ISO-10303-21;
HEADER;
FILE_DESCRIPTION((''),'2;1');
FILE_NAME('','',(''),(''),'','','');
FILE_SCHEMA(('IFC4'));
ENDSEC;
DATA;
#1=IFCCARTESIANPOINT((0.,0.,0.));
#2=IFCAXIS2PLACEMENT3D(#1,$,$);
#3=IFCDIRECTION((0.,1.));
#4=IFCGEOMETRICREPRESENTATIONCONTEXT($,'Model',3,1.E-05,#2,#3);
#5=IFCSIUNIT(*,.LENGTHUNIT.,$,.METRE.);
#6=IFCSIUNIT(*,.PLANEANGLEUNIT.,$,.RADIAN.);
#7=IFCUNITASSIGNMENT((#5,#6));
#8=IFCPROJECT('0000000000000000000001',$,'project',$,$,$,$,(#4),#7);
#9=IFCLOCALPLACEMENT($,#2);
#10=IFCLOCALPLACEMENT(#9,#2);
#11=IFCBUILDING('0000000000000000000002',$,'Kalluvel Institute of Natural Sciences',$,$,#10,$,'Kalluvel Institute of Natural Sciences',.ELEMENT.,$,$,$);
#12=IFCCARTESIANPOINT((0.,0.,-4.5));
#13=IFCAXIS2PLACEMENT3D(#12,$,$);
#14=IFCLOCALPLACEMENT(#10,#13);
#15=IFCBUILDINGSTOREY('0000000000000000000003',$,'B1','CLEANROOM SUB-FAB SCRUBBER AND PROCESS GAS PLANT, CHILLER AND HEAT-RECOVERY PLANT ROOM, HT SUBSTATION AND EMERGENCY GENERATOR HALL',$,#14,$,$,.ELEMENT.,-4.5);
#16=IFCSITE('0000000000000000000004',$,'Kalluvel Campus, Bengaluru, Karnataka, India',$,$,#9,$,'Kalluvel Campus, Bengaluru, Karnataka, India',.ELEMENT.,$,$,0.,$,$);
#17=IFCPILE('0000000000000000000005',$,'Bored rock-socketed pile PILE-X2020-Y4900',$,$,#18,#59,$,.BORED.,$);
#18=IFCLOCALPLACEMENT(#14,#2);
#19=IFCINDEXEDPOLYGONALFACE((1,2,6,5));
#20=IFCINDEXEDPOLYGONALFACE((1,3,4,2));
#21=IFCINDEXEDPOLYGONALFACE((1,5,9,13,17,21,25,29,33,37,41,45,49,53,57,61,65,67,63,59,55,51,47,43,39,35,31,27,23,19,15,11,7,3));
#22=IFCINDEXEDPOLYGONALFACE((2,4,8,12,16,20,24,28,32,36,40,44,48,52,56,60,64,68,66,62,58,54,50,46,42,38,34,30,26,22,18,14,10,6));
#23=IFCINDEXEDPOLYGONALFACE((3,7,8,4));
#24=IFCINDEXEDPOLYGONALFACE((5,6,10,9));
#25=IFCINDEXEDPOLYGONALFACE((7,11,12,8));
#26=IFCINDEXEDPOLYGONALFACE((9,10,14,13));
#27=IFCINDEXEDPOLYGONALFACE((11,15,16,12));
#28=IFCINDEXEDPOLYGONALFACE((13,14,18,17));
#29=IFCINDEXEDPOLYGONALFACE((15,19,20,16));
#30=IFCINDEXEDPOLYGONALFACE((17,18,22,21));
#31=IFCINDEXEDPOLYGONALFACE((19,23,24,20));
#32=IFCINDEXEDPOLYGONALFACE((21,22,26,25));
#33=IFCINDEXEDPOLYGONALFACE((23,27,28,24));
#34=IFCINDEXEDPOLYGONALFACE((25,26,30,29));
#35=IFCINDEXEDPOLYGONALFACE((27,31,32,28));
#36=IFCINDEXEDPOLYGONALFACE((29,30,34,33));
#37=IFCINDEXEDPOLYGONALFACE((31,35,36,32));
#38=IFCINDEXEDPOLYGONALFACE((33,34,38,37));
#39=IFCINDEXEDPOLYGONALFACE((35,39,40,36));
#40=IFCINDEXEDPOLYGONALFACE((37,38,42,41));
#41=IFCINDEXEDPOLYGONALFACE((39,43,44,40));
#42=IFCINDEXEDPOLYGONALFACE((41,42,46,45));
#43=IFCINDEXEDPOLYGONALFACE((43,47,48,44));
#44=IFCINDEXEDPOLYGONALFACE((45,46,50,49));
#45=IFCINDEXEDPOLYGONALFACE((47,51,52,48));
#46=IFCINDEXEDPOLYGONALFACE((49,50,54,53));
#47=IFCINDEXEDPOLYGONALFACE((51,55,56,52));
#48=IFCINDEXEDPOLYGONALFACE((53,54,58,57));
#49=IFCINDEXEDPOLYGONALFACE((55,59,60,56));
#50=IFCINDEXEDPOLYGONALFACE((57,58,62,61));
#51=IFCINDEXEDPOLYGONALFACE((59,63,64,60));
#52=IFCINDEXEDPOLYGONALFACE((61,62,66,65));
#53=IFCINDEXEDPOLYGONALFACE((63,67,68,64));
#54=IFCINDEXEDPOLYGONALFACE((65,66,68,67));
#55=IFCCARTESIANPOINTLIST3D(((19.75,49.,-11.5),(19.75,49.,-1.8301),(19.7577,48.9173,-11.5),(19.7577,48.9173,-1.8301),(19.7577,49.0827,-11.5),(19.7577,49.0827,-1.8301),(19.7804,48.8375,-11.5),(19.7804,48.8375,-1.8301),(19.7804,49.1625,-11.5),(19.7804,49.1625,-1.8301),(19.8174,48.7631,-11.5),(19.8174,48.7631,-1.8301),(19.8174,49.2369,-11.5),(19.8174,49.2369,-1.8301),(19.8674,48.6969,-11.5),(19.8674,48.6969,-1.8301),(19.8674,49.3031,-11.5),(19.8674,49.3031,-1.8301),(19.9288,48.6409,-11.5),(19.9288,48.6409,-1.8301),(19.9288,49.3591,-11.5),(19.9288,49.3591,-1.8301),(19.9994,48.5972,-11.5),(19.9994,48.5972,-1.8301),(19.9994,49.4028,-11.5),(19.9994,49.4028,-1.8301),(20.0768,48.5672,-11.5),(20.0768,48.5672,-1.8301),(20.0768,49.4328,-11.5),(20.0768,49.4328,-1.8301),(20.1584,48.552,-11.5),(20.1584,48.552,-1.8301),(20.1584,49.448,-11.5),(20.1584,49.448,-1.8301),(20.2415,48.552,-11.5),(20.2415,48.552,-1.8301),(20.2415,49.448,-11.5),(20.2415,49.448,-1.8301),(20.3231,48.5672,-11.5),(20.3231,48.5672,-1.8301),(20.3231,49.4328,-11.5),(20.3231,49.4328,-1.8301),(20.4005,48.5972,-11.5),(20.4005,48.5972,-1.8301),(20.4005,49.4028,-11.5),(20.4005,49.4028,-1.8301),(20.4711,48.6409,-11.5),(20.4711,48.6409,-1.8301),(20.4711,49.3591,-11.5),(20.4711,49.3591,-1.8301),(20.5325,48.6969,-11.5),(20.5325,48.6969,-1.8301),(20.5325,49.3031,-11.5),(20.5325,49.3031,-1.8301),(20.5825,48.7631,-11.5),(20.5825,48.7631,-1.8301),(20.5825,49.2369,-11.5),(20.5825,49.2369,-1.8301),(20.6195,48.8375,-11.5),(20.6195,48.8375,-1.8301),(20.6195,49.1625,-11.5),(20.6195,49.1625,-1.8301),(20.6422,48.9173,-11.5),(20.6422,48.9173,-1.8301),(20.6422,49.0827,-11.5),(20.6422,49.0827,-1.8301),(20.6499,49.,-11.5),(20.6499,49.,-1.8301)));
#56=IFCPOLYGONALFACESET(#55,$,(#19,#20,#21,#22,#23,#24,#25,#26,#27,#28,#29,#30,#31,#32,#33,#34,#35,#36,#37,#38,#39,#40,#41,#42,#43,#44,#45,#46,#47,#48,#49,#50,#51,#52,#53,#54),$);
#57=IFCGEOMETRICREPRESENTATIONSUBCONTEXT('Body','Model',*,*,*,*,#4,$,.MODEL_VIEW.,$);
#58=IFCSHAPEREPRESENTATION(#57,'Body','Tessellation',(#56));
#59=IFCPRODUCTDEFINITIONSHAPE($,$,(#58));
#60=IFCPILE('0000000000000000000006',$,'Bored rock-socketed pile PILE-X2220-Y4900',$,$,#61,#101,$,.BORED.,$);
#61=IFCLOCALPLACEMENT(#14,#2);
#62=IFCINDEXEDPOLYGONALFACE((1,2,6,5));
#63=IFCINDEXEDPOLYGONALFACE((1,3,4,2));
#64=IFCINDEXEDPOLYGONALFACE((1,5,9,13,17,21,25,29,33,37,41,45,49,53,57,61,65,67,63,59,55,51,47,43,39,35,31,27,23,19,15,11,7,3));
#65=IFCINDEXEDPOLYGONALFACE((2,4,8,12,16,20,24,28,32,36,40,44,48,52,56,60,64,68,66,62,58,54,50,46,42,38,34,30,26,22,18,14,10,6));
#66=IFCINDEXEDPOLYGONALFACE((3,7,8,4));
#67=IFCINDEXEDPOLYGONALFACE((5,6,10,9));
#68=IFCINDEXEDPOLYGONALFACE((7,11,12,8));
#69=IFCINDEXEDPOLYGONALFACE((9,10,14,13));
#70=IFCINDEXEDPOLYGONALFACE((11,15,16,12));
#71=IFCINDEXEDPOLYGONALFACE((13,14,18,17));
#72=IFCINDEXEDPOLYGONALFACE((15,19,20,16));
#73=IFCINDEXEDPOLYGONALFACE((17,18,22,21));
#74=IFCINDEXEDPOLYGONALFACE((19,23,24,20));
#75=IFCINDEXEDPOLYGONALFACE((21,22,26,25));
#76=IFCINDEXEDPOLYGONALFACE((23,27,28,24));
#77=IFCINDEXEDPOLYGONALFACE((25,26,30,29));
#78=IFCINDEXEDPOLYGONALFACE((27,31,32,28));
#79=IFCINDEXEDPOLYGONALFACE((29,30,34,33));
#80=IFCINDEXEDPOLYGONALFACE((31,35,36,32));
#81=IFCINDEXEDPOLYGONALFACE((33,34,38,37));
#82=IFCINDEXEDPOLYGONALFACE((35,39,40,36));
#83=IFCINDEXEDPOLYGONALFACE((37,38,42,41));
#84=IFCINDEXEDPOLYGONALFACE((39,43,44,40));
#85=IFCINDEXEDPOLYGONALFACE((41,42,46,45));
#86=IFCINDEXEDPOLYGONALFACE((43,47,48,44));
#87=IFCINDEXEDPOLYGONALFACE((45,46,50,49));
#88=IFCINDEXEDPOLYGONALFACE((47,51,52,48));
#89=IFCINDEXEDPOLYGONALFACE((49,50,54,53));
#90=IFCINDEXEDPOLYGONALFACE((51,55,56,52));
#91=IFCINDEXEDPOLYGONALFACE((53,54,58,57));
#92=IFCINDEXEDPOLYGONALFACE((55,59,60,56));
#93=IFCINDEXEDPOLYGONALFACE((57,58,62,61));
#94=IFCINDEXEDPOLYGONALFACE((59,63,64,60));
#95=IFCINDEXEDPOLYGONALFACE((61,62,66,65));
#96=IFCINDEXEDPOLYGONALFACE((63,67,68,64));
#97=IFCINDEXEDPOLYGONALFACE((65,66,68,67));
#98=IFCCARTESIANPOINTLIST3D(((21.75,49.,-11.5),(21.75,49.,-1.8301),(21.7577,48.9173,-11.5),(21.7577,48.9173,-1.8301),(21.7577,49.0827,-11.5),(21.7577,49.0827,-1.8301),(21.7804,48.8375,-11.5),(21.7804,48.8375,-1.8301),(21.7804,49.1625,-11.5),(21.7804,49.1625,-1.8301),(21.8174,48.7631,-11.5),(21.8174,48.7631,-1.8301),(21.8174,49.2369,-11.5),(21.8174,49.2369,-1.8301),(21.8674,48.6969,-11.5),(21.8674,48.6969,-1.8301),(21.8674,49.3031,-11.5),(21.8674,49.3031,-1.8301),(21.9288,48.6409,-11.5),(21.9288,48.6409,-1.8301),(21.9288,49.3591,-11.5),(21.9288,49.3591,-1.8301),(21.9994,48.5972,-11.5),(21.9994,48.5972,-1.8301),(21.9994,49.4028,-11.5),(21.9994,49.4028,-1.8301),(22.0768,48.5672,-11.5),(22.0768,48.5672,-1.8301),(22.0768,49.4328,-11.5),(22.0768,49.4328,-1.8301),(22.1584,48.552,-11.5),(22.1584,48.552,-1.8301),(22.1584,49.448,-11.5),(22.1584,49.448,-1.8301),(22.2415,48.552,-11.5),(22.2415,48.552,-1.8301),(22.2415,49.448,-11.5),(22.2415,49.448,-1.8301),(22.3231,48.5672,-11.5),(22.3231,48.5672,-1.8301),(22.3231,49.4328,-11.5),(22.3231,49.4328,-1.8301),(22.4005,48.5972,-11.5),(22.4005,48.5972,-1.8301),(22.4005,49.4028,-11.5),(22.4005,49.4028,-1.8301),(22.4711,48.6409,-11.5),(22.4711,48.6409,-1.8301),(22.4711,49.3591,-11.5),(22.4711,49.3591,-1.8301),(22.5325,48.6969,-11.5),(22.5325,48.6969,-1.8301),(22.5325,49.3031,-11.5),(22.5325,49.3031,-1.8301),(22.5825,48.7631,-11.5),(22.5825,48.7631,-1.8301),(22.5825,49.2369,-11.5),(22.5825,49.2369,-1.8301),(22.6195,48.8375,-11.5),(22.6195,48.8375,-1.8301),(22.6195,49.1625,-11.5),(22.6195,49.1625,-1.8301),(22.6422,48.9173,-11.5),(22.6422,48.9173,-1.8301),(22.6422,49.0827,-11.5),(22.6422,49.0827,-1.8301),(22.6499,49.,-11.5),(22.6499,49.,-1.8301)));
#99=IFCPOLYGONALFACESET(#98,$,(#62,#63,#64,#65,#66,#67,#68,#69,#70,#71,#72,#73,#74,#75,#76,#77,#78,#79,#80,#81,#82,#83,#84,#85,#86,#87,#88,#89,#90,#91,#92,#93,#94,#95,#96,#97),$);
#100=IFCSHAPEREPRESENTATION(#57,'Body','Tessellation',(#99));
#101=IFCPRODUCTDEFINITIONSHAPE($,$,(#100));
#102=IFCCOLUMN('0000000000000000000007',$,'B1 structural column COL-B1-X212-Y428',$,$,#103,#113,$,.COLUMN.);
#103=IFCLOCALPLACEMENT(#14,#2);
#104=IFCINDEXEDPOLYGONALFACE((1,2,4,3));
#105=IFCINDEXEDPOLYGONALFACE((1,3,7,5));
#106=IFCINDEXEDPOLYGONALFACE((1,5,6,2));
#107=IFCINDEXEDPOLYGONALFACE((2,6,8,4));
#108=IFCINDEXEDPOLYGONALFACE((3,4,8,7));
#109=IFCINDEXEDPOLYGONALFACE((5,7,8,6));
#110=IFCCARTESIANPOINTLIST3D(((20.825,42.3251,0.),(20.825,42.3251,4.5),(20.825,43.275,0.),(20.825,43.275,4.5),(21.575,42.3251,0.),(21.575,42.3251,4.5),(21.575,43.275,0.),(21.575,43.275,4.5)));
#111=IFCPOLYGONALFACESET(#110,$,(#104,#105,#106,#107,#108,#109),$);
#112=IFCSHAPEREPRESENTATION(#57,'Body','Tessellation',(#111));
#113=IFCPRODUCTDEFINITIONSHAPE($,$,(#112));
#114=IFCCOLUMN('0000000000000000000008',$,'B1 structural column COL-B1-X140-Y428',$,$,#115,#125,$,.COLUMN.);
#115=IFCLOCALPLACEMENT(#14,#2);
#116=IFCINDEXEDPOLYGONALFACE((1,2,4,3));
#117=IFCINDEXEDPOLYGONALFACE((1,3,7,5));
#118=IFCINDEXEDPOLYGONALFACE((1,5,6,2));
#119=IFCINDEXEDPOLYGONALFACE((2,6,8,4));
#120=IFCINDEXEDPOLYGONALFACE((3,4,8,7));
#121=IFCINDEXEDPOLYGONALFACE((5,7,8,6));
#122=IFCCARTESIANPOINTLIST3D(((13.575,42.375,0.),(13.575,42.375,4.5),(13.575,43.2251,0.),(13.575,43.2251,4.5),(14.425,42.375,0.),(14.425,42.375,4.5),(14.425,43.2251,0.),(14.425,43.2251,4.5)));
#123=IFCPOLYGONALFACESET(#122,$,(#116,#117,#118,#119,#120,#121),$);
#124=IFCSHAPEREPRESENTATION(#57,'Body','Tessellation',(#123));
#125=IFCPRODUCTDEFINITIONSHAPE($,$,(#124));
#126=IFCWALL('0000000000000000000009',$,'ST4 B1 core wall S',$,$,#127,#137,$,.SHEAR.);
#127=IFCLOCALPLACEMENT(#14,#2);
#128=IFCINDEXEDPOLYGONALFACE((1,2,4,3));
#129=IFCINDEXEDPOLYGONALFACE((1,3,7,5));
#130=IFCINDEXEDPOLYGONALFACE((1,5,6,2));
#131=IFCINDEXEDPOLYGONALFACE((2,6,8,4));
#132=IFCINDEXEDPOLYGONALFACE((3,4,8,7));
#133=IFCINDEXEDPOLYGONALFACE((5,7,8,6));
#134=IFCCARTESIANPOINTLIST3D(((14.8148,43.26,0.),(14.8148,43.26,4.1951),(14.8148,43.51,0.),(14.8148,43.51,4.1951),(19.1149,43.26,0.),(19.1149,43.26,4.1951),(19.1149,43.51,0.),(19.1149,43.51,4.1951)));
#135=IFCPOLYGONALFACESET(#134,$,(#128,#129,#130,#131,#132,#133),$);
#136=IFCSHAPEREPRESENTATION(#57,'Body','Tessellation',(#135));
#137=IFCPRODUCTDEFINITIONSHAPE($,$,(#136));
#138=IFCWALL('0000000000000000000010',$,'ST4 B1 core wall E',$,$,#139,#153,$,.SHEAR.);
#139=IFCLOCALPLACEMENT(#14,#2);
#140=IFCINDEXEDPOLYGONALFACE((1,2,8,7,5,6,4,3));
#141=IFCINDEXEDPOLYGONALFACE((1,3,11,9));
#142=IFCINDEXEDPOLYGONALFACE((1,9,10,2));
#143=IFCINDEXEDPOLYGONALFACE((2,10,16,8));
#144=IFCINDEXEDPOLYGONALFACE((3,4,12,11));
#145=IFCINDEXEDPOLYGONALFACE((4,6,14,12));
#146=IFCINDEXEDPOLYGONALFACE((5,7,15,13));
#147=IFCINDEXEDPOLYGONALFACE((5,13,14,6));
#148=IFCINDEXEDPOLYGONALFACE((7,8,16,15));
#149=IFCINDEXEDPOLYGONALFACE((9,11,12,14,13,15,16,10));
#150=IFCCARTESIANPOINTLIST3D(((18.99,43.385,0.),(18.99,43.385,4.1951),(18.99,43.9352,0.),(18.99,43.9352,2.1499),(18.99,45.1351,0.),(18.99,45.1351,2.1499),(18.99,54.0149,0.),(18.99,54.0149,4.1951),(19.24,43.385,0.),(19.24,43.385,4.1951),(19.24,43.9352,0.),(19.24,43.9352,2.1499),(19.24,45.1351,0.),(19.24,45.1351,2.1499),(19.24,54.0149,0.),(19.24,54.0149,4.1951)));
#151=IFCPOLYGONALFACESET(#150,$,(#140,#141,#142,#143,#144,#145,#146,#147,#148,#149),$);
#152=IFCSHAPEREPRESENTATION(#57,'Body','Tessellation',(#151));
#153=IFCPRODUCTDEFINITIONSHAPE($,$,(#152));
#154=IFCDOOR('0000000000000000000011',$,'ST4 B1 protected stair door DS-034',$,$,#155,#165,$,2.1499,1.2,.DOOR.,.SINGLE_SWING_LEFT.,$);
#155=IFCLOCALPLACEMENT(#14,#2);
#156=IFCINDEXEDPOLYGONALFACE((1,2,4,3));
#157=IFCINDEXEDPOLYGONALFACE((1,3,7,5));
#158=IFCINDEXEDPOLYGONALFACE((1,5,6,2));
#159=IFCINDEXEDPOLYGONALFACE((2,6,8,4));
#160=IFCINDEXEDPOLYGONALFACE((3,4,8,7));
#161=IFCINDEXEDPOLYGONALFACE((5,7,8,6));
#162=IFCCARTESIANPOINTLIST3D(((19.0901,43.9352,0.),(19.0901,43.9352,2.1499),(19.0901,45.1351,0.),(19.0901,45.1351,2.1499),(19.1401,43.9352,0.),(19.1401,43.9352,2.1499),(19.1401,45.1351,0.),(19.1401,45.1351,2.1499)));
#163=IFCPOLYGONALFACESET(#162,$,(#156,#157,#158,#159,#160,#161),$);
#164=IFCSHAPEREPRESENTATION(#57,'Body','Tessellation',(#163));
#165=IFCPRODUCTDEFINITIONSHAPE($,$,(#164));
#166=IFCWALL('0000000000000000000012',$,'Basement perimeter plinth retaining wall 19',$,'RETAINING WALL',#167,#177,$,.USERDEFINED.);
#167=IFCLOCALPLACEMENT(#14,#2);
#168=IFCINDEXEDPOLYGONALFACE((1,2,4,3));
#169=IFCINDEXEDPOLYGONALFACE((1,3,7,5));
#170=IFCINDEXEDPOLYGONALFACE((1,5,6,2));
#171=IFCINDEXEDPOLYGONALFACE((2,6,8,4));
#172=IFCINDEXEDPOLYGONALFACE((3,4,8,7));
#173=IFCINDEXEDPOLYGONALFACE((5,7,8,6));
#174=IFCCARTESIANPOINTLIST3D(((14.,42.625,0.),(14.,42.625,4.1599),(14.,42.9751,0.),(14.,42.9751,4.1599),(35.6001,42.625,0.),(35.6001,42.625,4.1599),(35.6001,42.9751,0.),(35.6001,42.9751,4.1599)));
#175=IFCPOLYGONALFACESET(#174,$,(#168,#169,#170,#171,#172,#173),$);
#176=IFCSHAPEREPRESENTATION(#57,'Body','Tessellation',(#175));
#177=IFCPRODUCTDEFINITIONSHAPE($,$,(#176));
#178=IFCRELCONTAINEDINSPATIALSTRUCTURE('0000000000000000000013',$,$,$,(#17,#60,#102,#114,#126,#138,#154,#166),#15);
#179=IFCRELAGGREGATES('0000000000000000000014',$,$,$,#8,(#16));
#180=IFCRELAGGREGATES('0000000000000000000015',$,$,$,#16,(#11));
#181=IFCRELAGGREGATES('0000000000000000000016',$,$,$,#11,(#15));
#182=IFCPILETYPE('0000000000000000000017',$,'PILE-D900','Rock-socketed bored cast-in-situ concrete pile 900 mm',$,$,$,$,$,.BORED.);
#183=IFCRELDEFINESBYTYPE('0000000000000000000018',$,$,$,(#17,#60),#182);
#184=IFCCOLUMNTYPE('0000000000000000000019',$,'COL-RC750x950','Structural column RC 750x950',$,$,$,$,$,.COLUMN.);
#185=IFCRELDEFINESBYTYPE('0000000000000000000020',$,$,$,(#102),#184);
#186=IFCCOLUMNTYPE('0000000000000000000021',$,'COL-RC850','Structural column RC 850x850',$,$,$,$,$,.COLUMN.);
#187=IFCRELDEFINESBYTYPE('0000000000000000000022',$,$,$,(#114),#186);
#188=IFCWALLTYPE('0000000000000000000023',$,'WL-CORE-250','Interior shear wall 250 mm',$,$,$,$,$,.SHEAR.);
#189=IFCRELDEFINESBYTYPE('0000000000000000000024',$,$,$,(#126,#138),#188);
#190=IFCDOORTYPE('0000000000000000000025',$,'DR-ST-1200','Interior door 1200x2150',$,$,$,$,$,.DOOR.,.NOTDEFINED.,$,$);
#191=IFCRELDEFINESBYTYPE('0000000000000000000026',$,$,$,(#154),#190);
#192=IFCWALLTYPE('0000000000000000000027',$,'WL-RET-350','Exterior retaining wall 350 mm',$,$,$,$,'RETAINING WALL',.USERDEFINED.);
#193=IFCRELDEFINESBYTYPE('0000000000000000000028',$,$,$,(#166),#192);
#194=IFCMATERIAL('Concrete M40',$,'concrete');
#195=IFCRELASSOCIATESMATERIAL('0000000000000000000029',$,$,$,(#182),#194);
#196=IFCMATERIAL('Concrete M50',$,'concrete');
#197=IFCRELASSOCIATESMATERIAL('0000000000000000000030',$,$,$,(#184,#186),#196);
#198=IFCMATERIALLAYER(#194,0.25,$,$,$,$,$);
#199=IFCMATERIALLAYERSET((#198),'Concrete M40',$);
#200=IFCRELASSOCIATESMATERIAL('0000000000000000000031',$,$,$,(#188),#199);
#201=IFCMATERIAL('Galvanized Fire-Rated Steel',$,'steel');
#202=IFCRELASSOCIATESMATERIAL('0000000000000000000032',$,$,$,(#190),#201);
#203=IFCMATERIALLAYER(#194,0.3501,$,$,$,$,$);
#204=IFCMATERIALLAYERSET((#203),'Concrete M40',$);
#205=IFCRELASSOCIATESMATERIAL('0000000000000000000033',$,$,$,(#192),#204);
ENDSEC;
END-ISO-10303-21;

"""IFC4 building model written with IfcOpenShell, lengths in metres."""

from ifc_helpers import new_model, si_unit, direction, frame, frame_2d, origin, origin_2d, place, context, subcontext, project, spatial, rectangle, circle, extrude, material, layer, layer_set, material_profile, profile_set, type_object, element, fill, save


model = new_model("IFC4")

# Units and contexts
model_context = context("Model", 3, precision=1e-05, world=origin(), true_north=direction((0.0, 1.0)))
body_context = subcontext(model_context, "Body", "Model", "MODEL_VIEW")
ifc_project = project(units=[si_unit("LENGTHUNIT", "METRE"), si_unit("PLANEANGLEUNIT", "RADIAN")], contexts=[model_context])

# Site, building, storey
site_placement = place(None, origin())
site = spatial("IfcSite", under=ifc_project, at=site_placement, Name="Kalluvel Campus, Bengaluru, Karnataka, India", LongName="Kalluvel Campus, Bengaluru, Karnataka, India", CompositionType="ELEMENT", RefElevation=0.0)
building_placement = place(site_placement, origin())
building = spatial("IfcBuilding", under=site, at=building_placement, Name="Kalluvel Institute of Natural Sciences", LongName="Kalluvel Institute of Natural Sciences", CompositionType="ELEMENT")
storey_placement = place(building_placement, frame((0.0, 0.0, -4.5)))
storey = spatial("IfcBuildingStorey", under=building, at=storey_placement, Name="B1", Description="CLEANROOM SUB-FAB SCRUBBER AND PROCESS GAS PLANT, CHILLER AND HEAT-RECOVERY PLANT ROOM, HT SUBSTATION AND EMERGENCY GENERATOR HALL", CompositionType="ELEMENT", Elevation=-4.5)

# Shared definitions
ifc_material_1 = material(Name="Concrete M40", Category="concrete")

# Piles
ifc_material_profile_1 = material_profile(ifc_material_1, circle(Radius=0.45, at=origin_2d()), Name="PILE D900")
ifc_profile_set_1 = profile_set([ifc_material_profile_1], Name="Concrete M40")
pile_type_1 = type_object("IfcPileType", Name="PILE-D900", Description="Rock-socketed bored cast-in-situ concrete pile 900 mm", PredefinedType="BORED", material=ifc_profile_set_1)
for number, where, z_axis, x_axis, name in (
    (1, (20.2, 49.0, -1.8301), (0.0, 0.0, -1.0), (1.0, 0.0, 0.0), "Bored rock-socketed pile PILE-X2020-Y4900"),
    (2, (22.2, 49.0, -1.8301), (0.0, 0.0, -1.0), (1.0, 0.0, 0.0), "Bored rock-socketed pile PILE-X2220-Y4900"),
):
    element("IfcPile", number, at=place(storey_placement, frame(where, z_axis=z_axis, x_axis=x_axis)), inside=storey, type_object=pile_type_1, Name=name, PredefinedType="BORED", context=body_context, shape_type="SweptSolid", body=[
        extrude(circle(Radius=0.45, at=origin_2d()), origin(), (0.0, 0.0, 1.0), 9.6699),
    ])

# Columns
ifc_material_2 = material(Name="Concrete M50", Category="concrete")
ifc_material_profile_2 = material_profile(ifc_material_2, rectangle(XDim=0.75, YDim=0.95, at=origin_2d()), Name="RC 750x950")
ifc_profile_set_2 = profile_set([ifc_material_profile_2], Name="Concrete M50")
column_type_1 = type_object("IfcColumnType", Name="COL-RC750x950", Description="Structural column RC 750x950", PredefinedType="COLUMN", material=ifc_profile_set_2)
column_1_placement = place(storey_placement, frame((21.2, 42.8, 0.0), z_axis=(0.0, 0.0, 1.0), x_axis=(1.0, 0.0, 0.0)))
element("IfcColumn", 3, at=column_1_placement, inside=storey, type_object=column_type_1, Name="B1 structural column COL-B1-X212-Y428", PredefinedType="COLUMN", context=body_context, shape_type="SweptSolid", body=[
    extrude(rectangle(XDim=0.75, YDim=0.95, at=origin_2d()), origin(), (0.0, 0.0, 1.0), 4.5),
])
ifc_material_profile_3 = material_profile(ifc_material_2, rectangle(XDim=0.8501, YDim=0.8501, at=origin_2d()), Name="RC 850x850")
ifc_profile_set_3 = profile_set([ifc_material_profile_3], Name="Concrete M50")
column_type_2 = type_object("IfcColumnType", Name="COL-RC850", Description="Structural column RC 850x850", PredefinedType="COLUMN", material=ifc_profile_set_3)
column_2_placement = place(storey_placement, frame((14.0, 42.8, 0.0), z_axis=(0.0, 0.0, 1.0), x_axis=(1.0, 0.0, 0.0)))
element("IfcColumn", 4, at=column_2_placement, inside=storey, type_object=column_type_2, Name="B1 structural column COL-B1-X140-Y428", PredefinedType="COLUMN", context=body_context, shape_type="SweptSolid", body=[
    extrude(rectangle(XDim=0.8501, YDim=0.8501, at=origin_2d()), origin(), (0.0, 0.0, 1.0), 4.5),
])

# Wall
ifc_layer_1 = layer(ifc_material_1, 0.25)
ifc_layer_set_1 = layer_set([ifc_layer_1], Name="Concrete M40")
wall_type_1 = type_object("IfcWallType", Name="WL-CORE-250", Description="Interior shear wall 250 mm", PredefinedType="SHEAR", material=ifc_layer_set_1)
wall_1_placement = place(storey_placement, frame((14.8149, 43.385, 0.0), z_axis=(0.0, 0.0, 1.0), x_axis=(1.0, 0.0, 0.0)))
element("IfcWall", 5, at=wall_1_placement, inside=storey, type_object=wall_type_1, Name="ST4 B1 core wall S", PredefinedType="SHEAR", context=body_context, shape_type="SweptSolid", body=[
    extrude(rectangle(XDim=4.3, YDim=0.25, at=frame_2d((2.1499, 0.0))), origin(), (0.0, 0.0, 1.0), 4.1951),
])

# Wall, opening, door
wall_2_placement = place(storey_placement, frame((19.115, 43.385, 0.0), z_axis=(0.0, 0.0, 1.0), x_axis=(0.0, 1.0, 0.0)))
wall_2 = element("IfcWall", 6, at=wall_2_placement, inside=storey, type_object=wall_type_1, Name="ST4 B1 core wall E", PredefinedType="SHEAR", context=body_context, shape_type="SweptSolid", body=[
    extrude(rectangle(XDim=10.6299, YDim=0.25, at=frame_2d((5.3149, 0.0))), origin(), (0.0, 0.0, 1.0), 4.1951),
])
opening_placement = place(wall_2_placement, frame((0.55, 0.0, 0.0)))
opening = element("IfcOpeningElement", 7, at=opening_placement, cuts=wall_2, PredefinedType="OPENING", context=body_context, shape_type="SweptSolid", body=[
    extrude(rectangle(XDim=1.2, YDim=2.1499, at=frame_2d((0.6001, 1.075))), frame((0.0, 0.135, 0.0), z_axis=(0.0, -1.0, 0.0), x_axis=(1.0, 0.0, 0.0)), (0.0, 0.0, 1.0), 0.27),
])
ifc_material_3 = material(Name="Galvanized Fire-Rated Steel", Category="steel")
door_type = type_object("IfcDoorType", Name="DR-ST-1200", Description="Interior door 1200x2150", OperationType="NOTDEFINED", PredefinedType="DOOR", material=ifc_material_3)
door_placement = place(opening_placement, origin())
door = element("IfcDoor", 8, at=door_placement, inside=storey, type_object=door_type, Name="ST4 B1 protected stair door DS-034", OperationType="SINGLE_SWING_LEFT", OverallHeight=2.1499, OverallWidth=1.2, PredefinedType="DOOR", context=body_context, shape_type="SweptSolid", body=[
    extrude(rectangle(XDim=1.2, YDim=2.1499, at=frame_2d((0.6001, 1.075))), frame((0.0, 0.0249, 0.0), z_axis=(0.0, -1.0, 0.0), x_axis=(1.0, 0.0, 0.0)), (0.0, 0.0, 1.0), 0.05),
])
fill(opening, door)

# Wall
ifc_layer_2 = layer(ifc_material_1, 0.3501)
ifc_layer_set_2 = layer_set([ifc_layer_2], Name="Concrete M40")
wall_type_2 = type_object("IfcWallType", Name="WL-RET-350", Description="Exterior retaining wall 350 mm", ElementType="RETAINING WALL", PredefinedType="USERDEFINED", material=ifc_layer_set_2)
wall_3_placement = place(storey_placement, frame((14.0, 42.8, 0.0), z_axis=(0.0, 0.0, 1.0), x_axis=(1.0, 0.0, 0.0)))
element("IfcWall", 9, at=wall_3_placement, inside=storey, type_object=wall_type_2, Name="Basement perimeter plinth retaining wall 19", ObjectType="RETAINING WALL", PredefinedType="USERDEFINED", context=body_context, shape_type="SweptSolid", body=[
    extrude(rectangle(XDim=21.6001, YDim=0.3501, at=frame_2d((10.8, 0.0))), origin(), (0.0, 0.0, 1.0), 4.1599),
])

save(model, "model.ifc")
